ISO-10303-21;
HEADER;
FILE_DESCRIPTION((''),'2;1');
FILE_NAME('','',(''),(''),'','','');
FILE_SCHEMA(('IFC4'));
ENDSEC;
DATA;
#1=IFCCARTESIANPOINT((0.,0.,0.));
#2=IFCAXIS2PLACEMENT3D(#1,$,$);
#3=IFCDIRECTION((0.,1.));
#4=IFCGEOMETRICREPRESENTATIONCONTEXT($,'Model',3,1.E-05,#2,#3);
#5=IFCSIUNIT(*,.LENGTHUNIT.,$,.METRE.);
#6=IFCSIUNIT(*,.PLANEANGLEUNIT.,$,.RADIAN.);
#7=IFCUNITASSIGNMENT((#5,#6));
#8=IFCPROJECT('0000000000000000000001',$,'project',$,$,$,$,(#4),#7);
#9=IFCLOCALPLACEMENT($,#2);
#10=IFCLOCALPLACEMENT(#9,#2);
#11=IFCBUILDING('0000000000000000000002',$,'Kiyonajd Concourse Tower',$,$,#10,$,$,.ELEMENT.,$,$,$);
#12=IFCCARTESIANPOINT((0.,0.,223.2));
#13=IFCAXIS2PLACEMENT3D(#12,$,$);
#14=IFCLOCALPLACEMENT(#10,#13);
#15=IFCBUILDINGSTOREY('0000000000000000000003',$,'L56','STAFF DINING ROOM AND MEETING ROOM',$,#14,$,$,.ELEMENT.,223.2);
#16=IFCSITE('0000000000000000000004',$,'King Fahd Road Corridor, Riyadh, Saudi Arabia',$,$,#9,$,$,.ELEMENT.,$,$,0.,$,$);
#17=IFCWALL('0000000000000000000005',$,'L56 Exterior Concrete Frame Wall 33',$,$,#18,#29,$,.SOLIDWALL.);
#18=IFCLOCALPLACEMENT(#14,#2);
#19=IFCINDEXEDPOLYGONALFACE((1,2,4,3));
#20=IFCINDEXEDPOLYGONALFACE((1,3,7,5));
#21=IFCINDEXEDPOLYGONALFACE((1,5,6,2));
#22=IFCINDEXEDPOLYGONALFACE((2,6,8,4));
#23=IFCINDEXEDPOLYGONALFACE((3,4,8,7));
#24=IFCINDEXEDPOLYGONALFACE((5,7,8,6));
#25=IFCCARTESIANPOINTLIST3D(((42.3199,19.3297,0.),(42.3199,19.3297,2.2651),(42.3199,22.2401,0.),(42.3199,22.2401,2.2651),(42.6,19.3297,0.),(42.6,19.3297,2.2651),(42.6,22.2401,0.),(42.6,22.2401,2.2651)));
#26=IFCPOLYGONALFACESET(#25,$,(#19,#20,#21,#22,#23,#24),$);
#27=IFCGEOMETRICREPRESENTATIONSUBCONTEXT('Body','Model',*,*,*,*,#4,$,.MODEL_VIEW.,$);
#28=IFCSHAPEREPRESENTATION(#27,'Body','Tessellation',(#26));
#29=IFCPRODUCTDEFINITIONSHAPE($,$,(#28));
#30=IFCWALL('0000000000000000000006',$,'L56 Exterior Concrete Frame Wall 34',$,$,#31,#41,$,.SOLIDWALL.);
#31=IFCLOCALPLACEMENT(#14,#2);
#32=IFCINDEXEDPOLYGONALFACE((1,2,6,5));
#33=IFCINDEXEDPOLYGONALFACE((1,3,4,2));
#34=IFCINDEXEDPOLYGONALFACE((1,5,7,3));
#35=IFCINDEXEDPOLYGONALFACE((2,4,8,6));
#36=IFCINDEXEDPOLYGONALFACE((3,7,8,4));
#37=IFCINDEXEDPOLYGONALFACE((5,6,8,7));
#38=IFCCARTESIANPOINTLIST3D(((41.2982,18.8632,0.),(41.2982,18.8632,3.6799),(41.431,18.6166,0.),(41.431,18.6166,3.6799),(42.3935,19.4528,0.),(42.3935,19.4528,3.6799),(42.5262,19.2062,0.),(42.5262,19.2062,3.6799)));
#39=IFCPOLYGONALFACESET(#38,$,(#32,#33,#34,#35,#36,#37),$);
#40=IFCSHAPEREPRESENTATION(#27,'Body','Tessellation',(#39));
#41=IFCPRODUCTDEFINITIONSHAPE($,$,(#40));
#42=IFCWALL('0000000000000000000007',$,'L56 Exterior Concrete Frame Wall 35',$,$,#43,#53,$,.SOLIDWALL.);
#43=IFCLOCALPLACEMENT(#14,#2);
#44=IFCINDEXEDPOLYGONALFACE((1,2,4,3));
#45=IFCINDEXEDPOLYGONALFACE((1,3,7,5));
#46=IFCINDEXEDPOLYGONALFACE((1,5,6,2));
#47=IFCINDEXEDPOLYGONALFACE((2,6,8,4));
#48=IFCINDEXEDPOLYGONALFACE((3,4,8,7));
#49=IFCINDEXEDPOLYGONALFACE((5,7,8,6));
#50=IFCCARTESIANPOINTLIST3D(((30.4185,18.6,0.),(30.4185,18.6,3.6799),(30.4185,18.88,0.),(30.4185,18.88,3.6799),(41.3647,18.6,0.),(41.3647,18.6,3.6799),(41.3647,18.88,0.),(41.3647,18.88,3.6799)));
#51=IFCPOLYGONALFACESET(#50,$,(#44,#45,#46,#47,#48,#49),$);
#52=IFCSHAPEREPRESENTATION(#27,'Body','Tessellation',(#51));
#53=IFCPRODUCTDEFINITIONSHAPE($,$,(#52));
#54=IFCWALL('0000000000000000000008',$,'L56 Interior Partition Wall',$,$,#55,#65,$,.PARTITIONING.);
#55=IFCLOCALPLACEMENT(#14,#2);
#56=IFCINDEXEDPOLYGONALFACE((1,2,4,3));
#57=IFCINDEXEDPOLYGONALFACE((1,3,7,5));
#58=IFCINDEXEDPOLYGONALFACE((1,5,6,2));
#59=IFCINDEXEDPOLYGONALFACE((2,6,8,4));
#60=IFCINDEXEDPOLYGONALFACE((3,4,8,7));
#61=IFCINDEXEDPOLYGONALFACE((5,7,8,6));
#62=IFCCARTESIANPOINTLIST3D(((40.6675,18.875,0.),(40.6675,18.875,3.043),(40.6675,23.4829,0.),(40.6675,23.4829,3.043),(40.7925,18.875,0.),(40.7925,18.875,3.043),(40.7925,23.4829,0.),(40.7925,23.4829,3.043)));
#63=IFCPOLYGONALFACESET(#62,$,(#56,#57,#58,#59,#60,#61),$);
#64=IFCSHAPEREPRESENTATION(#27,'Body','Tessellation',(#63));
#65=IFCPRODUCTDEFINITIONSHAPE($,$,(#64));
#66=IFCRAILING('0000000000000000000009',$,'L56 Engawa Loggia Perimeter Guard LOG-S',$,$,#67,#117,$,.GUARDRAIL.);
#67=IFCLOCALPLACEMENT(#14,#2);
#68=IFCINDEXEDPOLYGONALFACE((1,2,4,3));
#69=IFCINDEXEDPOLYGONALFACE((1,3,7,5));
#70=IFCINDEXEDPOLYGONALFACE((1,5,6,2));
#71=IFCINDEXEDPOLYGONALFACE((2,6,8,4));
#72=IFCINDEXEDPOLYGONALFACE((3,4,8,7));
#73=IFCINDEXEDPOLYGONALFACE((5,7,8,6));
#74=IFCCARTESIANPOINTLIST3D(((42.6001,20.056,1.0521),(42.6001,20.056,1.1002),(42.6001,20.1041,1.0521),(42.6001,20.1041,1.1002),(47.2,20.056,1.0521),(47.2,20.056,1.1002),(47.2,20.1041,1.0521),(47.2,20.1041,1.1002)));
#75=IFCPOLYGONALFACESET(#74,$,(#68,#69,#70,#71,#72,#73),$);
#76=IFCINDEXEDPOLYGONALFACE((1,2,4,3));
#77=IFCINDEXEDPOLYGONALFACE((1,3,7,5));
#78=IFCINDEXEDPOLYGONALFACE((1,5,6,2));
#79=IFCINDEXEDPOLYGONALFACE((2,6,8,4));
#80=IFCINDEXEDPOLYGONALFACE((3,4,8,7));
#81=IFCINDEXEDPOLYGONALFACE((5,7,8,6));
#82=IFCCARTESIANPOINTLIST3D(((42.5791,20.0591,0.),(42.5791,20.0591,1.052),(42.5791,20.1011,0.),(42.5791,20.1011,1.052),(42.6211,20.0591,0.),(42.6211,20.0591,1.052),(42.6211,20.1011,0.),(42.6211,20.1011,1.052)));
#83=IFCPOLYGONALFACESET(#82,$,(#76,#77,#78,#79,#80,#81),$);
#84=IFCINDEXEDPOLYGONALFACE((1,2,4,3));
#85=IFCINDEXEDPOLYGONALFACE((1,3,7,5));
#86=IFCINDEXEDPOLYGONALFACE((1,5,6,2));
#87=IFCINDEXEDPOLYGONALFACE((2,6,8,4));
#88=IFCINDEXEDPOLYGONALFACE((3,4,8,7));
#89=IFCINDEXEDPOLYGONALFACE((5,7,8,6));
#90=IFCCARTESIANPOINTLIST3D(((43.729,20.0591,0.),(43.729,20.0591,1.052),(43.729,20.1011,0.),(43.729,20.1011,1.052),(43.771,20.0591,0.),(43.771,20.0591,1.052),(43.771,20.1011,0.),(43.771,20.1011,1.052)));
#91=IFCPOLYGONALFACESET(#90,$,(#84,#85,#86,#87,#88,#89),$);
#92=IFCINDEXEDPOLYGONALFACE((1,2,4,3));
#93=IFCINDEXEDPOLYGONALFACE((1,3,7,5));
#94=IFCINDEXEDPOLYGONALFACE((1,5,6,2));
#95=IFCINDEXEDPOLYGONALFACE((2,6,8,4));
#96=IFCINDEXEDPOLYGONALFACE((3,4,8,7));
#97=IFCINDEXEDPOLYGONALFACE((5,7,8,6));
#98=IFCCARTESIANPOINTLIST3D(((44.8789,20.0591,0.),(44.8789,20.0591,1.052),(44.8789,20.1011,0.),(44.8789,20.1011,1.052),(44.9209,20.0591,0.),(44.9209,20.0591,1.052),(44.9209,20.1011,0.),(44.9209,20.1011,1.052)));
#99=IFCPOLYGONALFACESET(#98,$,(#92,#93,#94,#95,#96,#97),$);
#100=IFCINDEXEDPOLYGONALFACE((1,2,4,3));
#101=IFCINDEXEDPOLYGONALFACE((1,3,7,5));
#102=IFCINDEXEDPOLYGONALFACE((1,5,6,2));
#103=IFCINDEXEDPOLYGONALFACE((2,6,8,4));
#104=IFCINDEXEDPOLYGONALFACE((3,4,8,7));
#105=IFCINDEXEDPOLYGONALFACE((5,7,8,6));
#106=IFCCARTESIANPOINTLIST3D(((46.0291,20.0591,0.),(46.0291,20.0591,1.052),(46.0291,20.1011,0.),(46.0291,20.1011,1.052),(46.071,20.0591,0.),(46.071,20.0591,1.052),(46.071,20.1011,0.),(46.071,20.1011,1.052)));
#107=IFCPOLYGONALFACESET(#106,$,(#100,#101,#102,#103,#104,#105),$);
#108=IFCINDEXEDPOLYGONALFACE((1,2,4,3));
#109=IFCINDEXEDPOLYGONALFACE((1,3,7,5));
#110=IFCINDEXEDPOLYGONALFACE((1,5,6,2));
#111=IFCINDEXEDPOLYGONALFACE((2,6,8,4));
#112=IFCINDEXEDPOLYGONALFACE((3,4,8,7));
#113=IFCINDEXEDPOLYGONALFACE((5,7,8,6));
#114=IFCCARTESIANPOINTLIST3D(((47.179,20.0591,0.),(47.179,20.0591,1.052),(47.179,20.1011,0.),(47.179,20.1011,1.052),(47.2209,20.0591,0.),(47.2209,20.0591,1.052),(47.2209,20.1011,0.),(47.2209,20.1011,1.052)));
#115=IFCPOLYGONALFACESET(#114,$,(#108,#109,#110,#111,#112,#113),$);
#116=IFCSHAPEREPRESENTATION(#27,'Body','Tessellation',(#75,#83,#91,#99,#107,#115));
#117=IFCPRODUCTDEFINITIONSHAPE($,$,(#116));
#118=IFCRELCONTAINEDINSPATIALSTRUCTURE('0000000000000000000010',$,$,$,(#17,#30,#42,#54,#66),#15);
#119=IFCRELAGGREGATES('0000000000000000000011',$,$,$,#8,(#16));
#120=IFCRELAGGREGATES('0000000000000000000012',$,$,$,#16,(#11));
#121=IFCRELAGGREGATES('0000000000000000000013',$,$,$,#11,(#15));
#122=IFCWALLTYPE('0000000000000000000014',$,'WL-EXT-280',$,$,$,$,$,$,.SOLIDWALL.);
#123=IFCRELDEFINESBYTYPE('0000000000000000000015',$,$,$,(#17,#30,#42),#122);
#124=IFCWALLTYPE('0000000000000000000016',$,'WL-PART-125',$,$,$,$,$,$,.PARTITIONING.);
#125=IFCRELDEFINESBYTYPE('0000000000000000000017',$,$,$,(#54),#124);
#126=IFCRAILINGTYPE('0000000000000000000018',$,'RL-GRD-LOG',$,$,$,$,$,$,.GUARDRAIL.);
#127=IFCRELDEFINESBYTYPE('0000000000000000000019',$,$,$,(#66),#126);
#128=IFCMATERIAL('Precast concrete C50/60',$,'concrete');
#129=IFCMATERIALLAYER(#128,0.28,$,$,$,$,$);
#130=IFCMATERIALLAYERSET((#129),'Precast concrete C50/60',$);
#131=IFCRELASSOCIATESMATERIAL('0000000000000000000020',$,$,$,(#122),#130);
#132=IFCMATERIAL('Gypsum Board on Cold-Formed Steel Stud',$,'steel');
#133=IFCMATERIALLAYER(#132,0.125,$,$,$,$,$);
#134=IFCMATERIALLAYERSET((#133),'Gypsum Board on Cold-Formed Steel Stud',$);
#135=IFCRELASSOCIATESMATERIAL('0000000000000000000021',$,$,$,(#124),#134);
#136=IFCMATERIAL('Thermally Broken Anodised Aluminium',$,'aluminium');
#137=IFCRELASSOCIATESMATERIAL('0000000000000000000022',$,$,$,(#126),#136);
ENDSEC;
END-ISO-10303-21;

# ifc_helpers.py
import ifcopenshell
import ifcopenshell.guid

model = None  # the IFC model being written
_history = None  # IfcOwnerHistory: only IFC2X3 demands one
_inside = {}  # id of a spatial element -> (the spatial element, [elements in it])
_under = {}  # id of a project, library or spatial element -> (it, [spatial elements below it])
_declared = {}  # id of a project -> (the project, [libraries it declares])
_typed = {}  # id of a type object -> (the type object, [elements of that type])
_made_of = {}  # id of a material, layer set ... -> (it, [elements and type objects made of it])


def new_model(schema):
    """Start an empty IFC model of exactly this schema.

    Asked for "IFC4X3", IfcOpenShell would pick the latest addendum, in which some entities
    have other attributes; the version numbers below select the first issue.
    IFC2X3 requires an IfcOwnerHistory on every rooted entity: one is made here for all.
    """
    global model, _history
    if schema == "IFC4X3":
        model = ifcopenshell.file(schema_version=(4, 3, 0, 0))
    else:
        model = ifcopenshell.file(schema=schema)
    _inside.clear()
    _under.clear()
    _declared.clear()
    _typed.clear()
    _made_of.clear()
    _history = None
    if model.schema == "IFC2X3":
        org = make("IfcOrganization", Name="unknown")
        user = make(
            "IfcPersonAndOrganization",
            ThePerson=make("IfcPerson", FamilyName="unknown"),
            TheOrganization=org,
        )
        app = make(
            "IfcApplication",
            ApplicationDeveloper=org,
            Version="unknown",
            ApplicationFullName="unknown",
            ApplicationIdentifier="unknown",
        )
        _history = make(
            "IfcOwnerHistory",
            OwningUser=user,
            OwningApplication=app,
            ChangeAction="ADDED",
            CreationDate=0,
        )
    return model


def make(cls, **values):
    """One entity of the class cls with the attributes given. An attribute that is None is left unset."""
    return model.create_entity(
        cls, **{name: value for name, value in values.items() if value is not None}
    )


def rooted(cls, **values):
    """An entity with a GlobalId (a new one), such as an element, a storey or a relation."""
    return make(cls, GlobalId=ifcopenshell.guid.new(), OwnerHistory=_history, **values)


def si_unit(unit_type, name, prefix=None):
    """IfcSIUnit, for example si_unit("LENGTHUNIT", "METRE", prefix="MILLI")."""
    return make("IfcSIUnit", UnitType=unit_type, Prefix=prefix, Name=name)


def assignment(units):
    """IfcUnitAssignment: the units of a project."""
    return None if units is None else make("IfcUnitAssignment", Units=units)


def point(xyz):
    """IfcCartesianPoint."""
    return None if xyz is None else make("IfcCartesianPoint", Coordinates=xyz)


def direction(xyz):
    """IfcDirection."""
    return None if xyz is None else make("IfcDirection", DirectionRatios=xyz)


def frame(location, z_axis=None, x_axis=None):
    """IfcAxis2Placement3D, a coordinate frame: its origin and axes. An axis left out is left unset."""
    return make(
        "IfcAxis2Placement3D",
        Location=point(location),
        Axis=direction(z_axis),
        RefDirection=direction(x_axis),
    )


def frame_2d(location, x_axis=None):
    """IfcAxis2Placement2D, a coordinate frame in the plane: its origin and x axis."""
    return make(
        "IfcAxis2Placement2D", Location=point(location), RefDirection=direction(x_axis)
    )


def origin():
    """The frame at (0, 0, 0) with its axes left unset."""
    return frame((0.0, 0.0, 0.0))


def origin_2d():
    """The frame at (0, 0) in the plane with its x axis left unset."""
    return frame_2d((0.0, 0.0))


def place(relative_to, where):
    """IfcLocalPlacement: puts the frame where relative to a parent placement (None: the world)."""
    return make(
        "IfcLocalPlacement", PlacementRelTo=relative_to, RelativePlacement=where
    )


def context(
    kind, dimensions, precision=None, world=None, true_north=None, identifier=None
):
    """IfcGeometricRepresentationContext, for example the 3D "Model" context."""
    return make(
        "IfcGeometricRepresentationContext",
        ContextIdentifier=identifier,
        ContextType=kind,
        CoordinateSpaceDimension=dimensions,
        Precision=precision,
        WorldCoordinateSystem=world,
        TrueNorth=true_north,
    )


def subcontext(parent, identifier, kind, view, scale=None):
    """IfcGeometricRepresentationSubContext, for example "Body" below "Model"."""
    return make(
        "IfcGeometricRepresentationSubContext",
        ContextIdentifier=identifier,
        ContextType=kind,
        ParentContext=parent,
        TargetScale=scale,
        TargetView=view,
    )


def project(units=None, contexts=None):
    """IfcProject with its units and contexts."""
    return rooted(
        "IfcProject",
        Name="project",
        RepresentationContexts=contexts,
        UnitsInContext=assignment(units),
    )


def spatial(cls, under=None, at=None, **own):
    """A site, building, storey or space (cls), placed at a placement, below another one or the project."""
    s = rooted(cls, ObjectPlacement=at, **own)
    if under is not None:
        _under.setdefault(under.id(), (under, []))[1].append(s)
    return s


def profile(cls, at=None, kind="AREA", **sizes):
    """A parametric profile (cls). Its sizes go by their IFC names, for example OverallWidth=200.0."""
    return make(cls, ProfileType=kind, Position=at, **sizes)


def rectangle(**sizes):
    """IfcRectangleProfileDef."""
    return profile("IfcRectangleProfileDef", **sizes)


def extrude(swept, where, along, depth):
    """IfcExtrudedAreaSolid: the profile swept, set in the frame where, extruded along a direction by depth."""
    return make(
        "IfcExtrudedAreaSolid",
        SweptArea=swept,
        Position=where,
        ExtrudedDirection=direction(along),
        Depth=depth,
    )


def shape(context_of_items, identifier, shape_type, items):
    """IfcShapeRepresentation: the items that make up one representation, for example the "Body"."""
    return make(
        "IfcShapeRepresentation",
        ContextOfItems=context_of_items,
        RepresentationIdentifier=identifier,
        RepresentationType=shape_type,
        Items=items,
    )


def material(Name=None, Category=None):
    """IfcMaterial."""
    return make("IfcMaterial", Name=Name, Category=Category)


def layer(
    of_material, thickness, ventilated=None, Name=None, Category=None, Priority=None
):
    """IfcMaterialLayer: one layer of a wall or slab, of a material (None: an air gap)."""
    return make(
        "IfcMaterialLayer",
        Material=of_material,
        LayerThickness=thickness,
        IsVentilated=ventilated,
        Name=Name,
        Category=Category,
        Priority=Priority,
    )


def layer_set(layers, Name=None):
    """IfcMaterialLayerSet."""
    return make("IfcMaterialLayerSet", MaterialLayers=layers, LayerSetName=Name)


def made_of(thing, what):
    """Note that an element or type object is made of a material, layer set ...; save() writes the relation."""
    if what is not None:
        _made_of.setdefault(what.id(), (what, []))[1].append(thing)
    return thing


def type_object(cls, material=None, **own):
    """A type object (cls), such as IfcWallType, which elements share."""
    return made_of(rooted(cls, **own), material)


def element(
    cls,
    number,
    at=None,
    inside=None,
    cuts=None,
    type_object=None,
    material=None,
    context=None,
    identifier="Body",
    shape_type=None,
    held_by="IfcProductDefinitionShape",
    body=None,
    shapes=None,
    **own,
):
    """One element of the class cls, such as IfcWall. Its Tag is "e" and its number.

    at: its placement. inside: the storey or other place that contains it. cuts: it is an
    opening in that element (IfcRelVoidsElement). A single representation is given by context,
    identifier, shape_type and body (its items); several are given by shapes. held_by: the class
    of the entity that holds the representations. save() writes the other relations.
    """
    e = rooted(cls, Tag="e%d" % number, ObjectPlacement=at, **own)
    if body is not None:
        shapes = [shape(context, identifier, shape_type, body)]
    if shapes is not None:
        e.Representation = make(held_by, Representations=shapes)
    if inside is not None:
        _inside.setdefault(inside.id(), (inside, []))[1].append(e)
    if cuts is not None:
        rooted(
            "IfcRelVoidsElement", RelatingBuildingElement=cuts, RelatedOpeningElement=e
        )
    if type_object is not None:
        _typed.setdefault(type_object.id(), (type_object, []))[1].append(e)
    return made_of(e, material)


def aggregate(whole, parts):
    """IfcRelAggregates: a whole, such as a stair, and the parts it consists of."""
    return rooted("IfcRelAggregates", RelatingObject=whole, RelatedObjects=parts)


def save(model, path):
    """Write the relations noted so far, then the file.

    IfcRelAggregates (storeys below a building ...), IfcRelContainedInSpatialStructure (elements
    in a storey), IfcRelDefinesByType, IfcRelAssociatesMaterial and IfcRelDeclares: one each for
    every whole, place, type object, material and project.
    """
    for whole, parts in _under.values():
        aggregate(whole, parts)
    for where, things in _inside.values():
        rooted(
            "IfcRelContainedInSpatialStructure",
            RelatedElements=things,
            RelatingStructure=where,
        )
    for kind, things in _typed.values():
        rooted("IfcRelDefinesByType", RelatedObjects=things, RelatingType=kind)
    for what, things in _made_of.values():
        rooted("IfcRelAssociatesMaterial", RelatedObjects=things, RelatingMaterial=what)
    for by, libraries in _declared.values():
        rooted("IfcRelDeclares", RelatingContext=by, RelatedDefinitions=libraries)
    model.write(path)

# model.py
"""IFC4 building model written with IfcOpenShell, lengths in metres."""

from ifc_helpers import new_model, si_unit, direction, frame, frame_2d, origin, origin_2d, place, context, subcontext, project, spatial, rectangle, extrude, material, layer, layer_set, type_object, element, save


model = new_model("IFC4")

# Units and contexts
model_context = context("Model", 3, precision=1e-05, world=origin(), true_north=direction((0.0, 1.0)))
body_context = subcontext(model_context, "Body", "Model", "MODEL_VIEW")
ifc_project = project(units=[si_unit("LENGTHUNIT", "METRE"), si_unit("PLANEANGLEUNIT", "RADIAN")], contexts=[model_context])

# Site, building, storey
site_placement = place(None, origin())
site = spatial("IfcSite", under=ifc_project, at=site_placement, Name="King Fahd Road Corridor, Riyadh, Saudi Arabia", CompositionType="ELEMENT", RefElevation=0.0)
building_placement = place(site_placement, origin())
building = spatial("IfcBuilding", under=site, at=building_placement, Name="Kiyonajd Concourse Tower", CompositionType="ELEMENT")
storey_placement = place(building_placement, frame((0.0, 0.0, 223.2)))
storey = spatial("IfcBuildingStorey", under=building, at=storey_placement, Name="L56", Description="STAFF DINING ROOM AND MEETING ROOM", CompositionType="ELEMENT", Elevation=223.2)

# Shared definitions
ifc_material_1 = material(Name="Thermally Broken Anodised Aluminium", Category="aluminium")

# Walls
ifc_material_2 = material(Name="Precast concrete C50/60", Category="concrete")
ifc_layer_1 = layer(ifc_material_2, 0.28)
ifc_layer_set_1 = layer_set([ifc_layer_1], Name="Precast concrete C50/60")
wall_type_1 = type_object("IfcWallType", Name="WL-EXT-280", PredefinedType="SOLIDWALL", material=ifc_layer_set_1)
wall_1_placement = place(storey_placement, frame((42.46, 22.24, 0.0), z_axis=(0.0, 0.0, 1.0), x_axis=(0.0, -1.0, 0.0)))
element("IfcWall", 1, at=wall_1_placement, inside=storey, type_object=wall_type_1, Name="L56 Exterior Concrete Frame Wall 33", PredefinedType="SOLIDWALL", context=body_context, shape_type="SweptSolid", body=[
    extrude(rectangle(XDim=2.9104, YDim=0.28, at=frame_2d((1.4551, 0.0))), origin(), (0.0, 0.0, 1.0), 2.2651),
])
wall_2_placement = place(storey_placement, frame((42.46, 19.3296, 0.0), z_axis=(0.0, 0.0, 1.0), x_axis=(-0.880515, -0.474018, 0.0)))
element("IfcWall", 2, at=wall_2_placement, inside=storey, type_object=wall_type_1, Name="L56 Exterior Concrete Frame Wall 34", PredefinedType="SOLIDWALL", context=body_context, shape_type="SweptSolid", body=[
    extrude(rectangle(XDim=1.2439, YDim=0.28, at=frame_2d((0.6221, 0.0))), origin(), (0.0, 0.0, 1.0), 3.6799),
])
wall_3_placement = place(storey_placement, frame((41.3647, 18.74, 0.0), z_axis=(0.0, 0.0, 1.0), x_axis=(-1.0, 0.0, 0.0)))
element("IfcWall", 3, at=wall_3_placement, inside=storey, type_object=wall_type_1, Name="L56 Exterior Concrete Frame Wall 35", PredefinedType="SOLIDWALL", context=body_context, shape_type="SweptSolid", body=[
    extrude(rectangle(XDim=10.9463, YDim=0.28, at=frame_2d((5.4731, 0.0))), origin(), (0.0, 0.0, 1.0), 3.6799),
])
ifc_material_3 = material(Name="Gypsum Board on Cold-Formed Steel Stud", Category="steel")
ifc_layer_2 = layer(ifc_material_3, 0.125)
ifc_layer_set_2 = layer_set([ifc_layer_2], Name="Gypsum Board on Cold-Formed Steel Stud")
wall_type_2 = type_object("IfcWallType", Name="WL-PART-125", PredefinedType="PARTITIONING", material=ifc_layer_set_2)
wall_4_placement = place(storey_placement, frame((40.73, 18.875, 0.0), z_axis=(0.0, 0.0, 1.0), x_axis=(0.0, 1.0, 0.0)))
element("IfcWall", 4, at=wall_4_placement, inside=storey, type_object=wall_type_2, Name="L56 Interior Partition Wall", PredefinedType="PARTITIONING", context=body_context, shape_type="SweptSolid", body=[
    extrude(rectangle(XDim=4.6079, YDim=0.125, at=frame_2d((2.304, 0.0))), origin(), (0.0, 0.0, 1.0), 3.043),
])

# Railing
railing_type = type_object("IfcRailingType", Name="RL-GRD-LOG", PredefinedType="GUARDRAIL", material=ifc_material_1)
railing_placement = place(storey_placement, frame((42.6001, 20.0801, 0.0)))
element("IfcRailing", 5, at=railing_placement, inside=storey, type_object=railing_type, Name="L56 Engawa Loggia Perimeter Guard LOG-S", PredefinedType="GUARDRAIL", context=body_context, shape_type="SweptSolid", body=[
    extrude(rectangle(XDim=0.0481, YDim=0.0481, at=origin_2d()), frame((0.0, 0.0, 1.0762), z_axis=(1.0, 0.0, 0.0), x_axis=(0.0, 1.0, 0.0)), (0.0, 0.0, 1.0), 4.5999),
    extrude(rectangle(XDim=0.042, YDim=0.042, at=origin_2d()), origin(), (0.0, 0.0, 1.0), 1.052),
    extrude(rectangle(XDim=0.042, YDim=0.042, at=origin_2d()), frame((1.1499, 0.0, 0.0)), (0.0, 0.0, 1.0), 1.052),
    extrude(rectangle(XDim=0.042, YDim=0.042, at=origin_2d()), frame((2.2998, 0.0, 0.0)), (0.0, 0.0, 1.0), 1.052),
    extrude(rectangle(XDim=0.042, YDim=0.042, at=origin_2d()), frame((3.45, 0.0, 0.0)), (0.0, 0.0, 1.0), 1.052),
    extrude(rectangle(XDim=0.042, YDim=0.042, at=origin_2d()), frame((4.5999, 0.0, 0.0)), (0.0, 0.0, 1.0), 1.052),
])

save(model, "model.ifc")
